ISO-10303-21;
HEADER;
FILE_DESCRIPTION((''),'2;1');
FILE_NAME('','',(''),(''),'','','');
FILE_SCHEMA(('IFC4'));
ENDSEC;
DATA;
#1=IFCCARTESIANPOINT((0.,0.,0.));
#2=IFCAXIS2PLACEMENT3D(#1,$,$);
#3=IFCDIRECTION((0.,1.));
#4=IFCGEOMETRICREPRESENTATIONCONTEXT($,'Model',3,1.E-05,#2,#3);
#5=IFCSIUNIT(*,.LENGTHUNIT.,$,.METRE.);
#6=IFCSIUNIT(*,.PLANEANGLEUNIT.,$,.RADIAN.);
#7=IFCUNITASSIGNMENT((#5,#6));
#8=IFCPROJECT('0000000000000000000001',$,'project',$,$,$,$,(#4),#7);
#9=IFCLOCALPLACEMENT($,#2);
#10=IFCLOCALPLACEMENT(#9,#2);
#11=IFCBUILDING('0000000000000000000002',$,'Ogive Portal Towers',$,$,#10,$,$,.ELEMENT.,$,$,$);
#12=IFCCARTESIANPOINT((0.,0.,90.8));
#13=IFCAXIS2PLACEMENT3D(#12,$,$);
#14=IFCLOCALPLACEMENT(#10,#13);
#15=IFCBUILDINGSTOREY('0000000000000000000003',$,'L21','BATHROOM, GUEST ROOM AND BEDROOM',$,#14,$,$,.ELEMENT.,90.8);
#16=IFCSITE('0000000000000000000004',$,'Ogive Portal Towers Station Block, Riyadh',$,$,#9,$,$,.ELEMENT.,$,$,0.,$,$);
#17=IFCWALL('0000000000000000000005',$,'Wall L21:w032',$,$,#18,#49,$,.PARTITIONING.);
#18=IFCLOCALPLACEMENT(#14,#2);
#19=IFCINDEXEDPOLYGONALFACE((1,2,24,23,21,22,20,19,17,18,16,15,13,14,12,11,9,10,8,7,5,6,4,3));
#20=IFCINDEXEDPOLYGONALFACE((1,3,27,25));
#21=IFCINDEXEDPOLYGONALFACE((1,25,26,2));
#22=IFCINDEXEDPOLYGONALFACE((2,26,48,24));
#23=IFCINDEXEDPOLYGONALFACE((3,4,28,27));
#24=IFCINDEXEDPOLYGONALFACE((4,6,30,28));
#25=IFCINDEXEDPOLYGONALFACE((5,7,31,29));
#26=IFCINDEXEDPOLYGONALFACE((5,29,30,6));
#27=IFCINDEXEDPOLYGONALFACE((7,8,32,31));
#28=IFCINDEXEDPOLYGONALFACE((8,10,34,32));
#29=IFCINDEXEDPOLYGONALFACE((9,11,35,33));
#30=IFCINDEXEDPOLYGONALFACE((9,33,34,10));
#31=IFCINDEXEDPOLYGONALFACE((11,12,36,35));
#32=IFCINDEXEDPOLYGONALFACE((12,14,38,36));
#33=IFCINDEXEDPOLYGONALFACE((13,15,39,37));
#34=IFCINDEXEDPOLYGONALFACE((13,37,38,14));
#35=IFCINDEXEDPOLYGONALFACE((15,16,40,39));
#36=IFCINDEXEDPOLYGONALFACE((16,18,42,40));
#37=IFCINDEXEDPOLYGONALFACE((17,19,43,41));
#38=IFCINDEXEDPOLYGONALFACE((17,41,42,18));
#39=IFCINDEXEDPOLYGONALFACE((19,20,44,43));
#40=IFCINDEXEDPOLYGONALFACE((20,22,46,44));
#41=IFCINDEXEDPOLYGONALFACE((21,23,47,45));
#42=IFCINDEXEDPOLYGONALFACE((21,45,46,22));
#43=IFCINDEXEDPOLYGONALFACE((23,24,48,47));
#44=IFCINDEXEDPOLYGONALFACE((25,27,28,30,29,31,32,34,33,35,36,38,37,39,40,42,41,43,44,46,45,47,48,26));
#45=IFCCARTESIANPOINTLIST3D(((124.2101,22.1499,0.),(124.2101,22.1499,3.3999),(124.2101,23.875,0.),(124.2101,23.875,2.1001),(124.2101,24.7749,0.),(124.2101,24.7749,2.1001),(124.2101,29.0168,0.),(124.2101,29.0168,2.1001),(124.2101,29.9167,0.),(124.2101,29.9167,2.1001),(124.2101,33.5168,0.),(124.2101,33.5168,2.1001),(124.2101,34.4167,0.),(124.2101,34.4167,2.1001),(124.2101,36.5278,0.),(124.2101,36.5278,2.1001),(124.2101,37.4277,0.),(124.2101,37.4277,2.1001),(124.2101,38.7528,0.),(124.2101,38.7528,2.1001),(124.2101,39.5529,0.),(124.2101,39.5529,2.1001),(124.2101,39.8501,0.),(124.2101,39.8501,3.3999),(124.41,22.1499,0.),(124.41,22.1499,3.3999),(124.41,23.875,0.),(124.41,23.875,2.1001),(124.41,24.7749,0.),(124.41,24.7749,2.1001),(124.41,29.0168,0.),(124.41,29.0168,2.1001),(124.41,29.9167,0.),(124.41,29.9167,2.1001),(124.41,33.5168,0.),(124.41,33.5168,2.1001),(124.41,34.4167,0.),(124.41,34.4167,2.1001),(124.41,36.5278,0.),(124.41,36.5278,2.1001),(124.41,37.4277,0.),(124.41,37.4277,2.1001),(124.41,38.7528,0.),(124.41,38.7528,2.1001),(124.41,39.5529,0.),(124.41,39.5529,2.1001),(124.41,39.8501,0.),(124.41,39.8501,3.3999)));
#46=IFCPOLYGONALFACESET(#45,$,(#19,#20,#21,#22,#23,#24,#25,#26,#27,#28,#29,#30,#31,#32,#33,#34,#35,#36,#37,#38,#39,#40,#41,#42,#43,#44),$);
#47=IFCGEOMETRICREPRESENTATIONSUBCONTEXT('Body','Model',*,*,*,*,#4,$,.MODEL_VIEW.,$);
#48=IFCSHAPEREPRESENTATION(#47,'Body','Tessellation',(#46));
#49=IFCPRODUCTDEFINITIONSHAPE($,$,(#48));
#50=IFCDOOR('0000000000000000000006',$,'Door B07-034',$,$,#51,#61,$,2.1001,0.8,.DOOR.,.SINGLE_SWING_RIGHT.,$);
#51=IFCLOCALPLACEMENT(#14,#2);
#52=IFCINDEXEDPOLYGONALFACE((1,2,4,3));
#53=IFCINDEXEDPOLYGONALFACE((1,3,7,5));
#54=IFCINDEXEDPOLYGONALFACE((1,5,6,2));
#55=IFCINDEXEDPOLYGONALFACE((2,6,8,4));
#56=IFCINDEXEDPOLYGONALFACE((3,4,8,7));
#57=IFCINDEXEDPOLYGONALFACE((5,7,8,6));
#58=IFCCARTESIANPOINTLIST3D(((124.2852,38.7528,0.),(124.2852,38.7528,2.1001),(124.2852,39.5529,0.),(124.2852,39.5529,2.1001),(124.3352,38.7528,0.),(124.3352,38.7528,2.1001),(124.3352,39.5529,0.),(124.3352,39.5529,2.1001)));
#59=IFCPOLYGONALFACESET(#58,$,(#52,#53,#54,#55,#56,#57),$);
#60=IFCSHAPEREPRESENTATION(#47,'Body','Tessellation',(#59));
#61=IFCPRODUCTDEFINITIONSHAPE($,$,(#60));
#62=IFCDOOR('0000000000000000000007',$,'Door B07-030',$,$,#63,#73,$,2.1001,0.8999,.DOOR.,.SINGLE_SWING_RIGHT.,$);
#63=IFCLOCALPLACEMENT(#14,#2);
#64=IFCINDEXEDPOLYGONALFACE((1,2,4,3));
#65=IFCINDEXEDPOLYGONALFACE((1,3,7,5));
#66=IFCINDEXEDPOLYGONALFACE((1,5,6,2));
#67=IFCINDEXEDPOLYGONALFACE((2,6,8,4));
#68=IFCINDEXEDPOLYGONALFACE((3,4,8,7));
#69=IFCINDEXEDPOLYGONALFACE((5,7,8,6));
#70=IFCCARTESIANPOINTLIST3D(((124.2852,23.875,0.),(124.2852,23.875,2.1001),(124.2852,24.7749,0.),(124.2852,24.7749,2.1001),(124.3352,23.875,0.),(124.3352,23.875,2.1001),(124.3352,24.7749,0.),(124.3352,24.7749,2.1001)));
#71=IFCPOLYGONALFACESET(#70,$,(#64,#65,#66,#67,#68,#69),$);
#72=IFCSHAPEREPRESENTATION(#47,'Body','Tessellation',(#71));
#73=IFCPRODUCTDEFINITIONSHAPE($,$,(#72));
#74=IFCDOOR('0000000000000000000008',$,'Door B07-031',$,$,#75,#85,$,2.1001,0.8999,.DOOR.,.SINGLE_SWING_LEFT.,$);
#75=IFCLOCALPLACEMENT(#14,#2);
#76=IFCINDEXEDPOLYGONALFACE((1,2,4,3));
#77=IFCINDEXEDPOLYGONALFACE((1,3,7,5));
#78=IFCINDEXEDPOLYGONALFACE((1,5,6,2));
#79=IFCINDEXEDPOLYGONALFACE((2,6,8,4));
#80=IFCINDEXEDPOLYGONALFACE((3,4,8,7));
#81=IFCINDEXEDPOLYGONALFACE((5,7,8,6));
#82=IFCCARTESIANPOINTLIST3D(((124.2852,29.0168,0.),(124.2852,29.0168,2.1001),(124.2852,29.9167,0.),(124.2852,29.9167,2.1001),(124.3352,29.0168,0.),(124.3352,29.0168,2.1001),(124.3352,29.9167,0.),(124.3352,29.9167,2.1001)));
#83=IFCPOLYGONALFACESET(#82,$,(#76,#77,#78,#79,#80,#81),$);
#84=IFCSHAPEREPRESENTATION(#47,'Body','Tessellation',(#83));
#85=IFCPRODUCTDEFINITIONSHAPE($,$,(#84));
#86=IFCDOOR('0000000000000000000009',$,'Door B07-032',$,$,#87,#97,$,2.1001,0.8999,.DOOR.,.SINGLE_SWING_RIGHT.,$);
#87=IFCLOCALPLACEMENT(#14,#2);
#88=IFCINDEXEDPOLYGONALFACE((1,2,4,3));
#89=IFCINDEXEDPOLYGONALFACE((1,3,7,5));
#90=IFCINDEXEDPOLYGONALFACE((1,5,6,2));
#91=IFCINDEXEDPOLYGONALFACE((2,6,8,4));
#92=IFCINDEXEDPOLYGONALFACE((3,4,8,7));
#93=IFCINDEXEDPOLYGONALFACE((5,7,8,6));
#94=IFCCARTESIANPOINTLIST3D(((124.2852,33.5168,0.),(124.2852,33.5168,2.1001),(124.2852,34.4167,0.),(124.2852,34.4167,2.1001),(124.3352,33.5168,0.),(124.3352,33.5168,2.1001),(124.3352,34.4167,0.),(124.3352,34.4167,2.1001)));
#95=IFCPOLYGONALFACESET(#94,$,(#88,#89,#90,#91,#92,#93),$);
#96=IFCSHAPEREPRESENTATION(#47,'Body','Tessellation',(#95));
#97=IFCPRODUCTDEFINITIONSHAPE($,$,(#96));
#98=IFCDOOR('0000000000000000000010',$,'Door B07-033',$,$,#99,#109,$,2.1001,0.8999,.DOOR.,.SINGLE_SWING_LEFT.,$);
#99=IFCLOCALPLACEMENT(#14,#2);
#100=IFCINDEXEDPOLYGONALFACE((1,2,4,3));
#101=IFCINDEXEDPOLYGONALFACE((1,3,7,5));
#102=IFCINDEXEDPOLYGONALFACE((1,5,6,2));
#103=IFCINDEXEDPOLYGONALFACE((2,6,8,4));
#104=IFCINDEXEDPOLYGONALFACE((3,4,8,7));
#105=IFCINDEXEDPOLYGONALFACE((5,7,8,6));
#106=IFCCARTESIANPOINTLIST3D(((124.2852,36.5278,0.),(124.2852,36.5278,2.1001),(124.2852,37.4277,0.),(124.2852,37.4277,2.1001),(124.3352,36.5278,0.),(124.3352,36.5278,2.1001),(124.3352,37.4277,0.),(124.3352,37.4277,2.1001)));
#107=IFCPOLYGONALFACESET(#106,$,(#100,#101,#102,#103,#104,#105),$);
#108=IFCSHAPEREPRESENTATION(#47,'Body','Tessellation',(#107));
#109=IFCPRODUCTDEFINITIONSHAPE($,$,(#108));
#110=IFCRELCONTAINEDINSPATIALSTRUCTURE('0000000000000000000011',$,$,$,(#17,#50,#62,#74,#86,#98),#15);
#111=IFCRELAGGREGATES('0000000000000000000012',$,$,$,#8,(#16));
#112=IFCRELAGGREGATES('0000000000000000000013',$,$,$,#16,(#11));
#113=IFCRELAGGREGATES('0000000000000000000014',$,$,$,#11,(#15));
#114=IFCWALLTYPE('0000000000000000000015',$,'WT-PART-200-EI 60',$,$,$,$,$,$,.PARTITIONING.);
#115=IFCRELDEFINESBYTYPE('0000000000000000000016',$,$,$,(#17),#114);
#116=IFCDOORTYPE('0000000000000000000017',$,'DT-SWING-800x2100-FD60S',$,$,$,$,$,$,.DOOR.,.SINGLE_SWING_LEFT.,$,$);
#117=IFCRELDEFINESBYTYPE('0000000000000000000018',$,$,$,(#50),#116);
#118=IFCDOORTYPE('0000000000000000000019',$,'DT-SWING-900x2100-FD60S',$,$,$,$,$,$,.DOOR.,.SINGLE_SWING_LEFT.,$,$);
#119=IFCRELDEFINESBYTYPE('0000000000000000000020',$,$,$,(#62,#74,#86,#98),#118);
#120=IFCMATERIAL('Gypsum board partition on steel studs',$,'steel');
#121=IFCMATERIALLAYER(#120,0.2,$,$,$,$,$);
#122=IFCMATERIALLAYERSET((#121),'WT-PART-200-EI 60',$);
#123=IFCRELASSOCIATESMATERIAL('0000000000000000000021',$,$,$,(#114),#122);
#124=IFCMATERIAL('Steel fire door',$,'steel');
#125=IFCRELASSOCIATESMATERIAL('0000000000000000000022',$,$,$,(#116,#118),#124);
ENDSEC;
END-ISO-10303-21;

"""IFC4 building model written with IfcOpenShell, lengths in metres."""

from ifc_helpers import new_model, si_unit, direction, frame, frame_2d, origin, place, context, subcontext, project, spatial, rectangle, extrude, material, layer, layer_set, type_object, element, fill, save


model = new_model("IFC4")

# Units and contexts
model_context = context("Model", 3, precision=1e-05, world=origin(), true_north=direction((0.0, 1.0)))
body_context = subcontext(model_context, "Body", "Model", "MODEL_VIEW")
ifc_project = project(units=[si_unit("LENGTHUNIT", "METRE"), si_unit("PLANEANGLEUNIT", "RADIAN")], contexts=[model_context])

# Site, building, storey
site_placement = place(None, origin())
site = spatial("IfcSite", under=ifc_project, at=site_placement, Name="Ogive Portal Towers Station Block, Riyadh", CompositionType="ELEMENT", RefElevation=0.0)
building_placement = place(site_placement, origin())
building = spatial("IfcBuilding", under=site, at=building_placement, Name="Ogive Portal Towers", CompositionType="ELEMENT")
storey_placement = place(building_placement, frame((0.0, 0.0, 90.8)))
storey = spatial("IfcBuildingStorey", under=building, at=storey_placement, Name="L21", Description="BATHROOM, GUEST ROOM AND BEDROOM", CompositionType="ELEMENT", Elevation=90.8)

# Shared definitions
ifc_material_1 = material(Name="Steel fire door", Category="steel")

# Wall, openings, doors
ifc_material_2 = material(Name="Gypsum board partition on steel studs", Category="steel")
ifc_layer_1 = layer(ifc_material_2, 0.2)
ifc_layer_set_1 = layer_set([ifc_layer_1], Name="WT-PART-200-EI 60")
wall_type_1 = type_object("IfcWallType", Name="WT-PART-200-EI 60", PredefinedType="PARTITIONING", material=ifc_layer_set_1)
wall_1_placement = place(storey_placement, frame((124.3101, 22.1499, 0.0), z_axis=(0.0, 0.0, 1.0), x_axis=(0.0, 1.0, 0.0)))
wall_1 = element("IfcWall", 1, at=wall_1_placement, inside=storey, type_object=wall_type_1, Name="Wall L21:w032", PredefinedType="PARTITIONING", context=body_context, shape_type="SweptSolid", body=[
    extrude(rectangle(XDim=17.7002, YDim=0.2, at=frame_2d((8.8501, 0.0))), origin(), (0.0, 0.0, 1.0), 3.3999),
])
opening_1_placement = place(wall_1_placement, frame((1.7251, 0.0, 0.0)))
opening_1 = element("IfcOpeningElement", 2, at=opening_1_placement, cuts=wall_1, PredefinedType="OPENING", context=body_context, shape_type="SweptSolid", body=[
    extrude(rectangle(XDim=0.8999, YDim=2.1001, at=frame_2d((0.45, 1.05))), frame((0.0, 0.1099, 0.0), z_axis=(0.0, -1.0, 0.0), x_axis=(1.0, 0.0, 0.0)), (0.0, 0.0, 1.0), 0.22),
])
opening_2_placement = place(wall_1_placement, frame((6.8669, 0.0, 0.0)))
opening_2 = element("IfcOpeningElement", 3, at=opening_2_placement, cuts=wall_1, PredefinedType="OPENING", context=body_context, shape_type="SweptSolid", body=[
    extrude(rectangle(XDim=0.8999, YDim=2.1001, at=frame_2d((0.45, 1.05))), frame((0.0, 0.1099, 0.0), z_axis=(0.0, -1.0, 0.0), x_axis=(1.0, 0.0, 0.0)), (0.0, 0.0, 1.0), 0.22),
])
opening_3_placement = place(wall_1_placement, frame((11.3669, 0.0, 0.0)))
opening_3 = element("IfcOpeningElement", 4, at=opening_3_placement, cuts=wall_1, PredefinedType="OPENING", context=body_context, shape_type="SweptSolid", body=[
    extrude(rectangle(XDim=0.8999, YDim=2.1001, at=frame_2d((0.45, 1.05))), frame((0.0, 0.1099, 0.0), z_axis=(0.0, -1.0, 0.0), x_axis=(1.0, 0.0, 0.0)), (0.0, 0.0, 1.0), 0.22),
])
opening_4_placement = place(wall_1_placement, frame((14.3779, 0.0, 0.0)))
opening_4 = element("IfcOpeningElement", 5, at=opening_4_placement, cuts=wall_1, PredefinedType="OPENING", context=body_context, shape_type="SweptSolid", body=[
    extrude(rectangle(XDim=0.8999, YDim=2.1001, at=frame_2d((0.45, 1.05))), frame((0.0, 0.1099, 0.0), z_axis=(0.0, -1.0, 0.0), x_axis=(1.0, 0.0, 0.0)), (0.0, 0.0, 1.0), 0.22),
])
opening_5_placement = place(wall_1_placement, frame((16.603, 0.0, 0.0)))
opening_5 = element("IfcOpeningElement", 6, at=opening_5_placement, cuts=wall_1, PredefinedType="OPENING", context=body_context, shape_type="SweptSolid", body=[
    extrude(rectangle(XDim=0.8, YDim=2.1001, at=frame_2d((0.3999, 1.05))), frame((0.0, 0.1099, 0.0), z_axis=(0.0, -1.0, 0.0), x_axis=(1.0, 0.0, 0.0)), (0.0, 0.0, 1.0), 0.22),
])
door_type_1 = type_object("IfcDoorType", Name="DT-SWING-800x2100-FD60S", OperationType="SINGLE_SWING_LEFT", PredefinedType="DOOR", material=ifc_material_1)
door_1_placement = place(opening_5_placement, origin())
door_1 = element("IfcDoor", 7, at=door_1_placement, inside=storey, type_object=door_type_1, Name="Door B07-034", OperationType="SINGLE_SWING_RIGHT", OverallHeight=2.1001, OverallWidth=0.8, PredefinedType="DOOR", context=body_context, shape_type="SweptSolid", body=[
    extrude(rectangle(XDim=0.8, YDim=2.1001, at=frame_2d((0.3999, 1.05))), frame((0.0, 0.0249, 0.0), z_axis=(0.0, -1.0, 0.0), x_axis=(1.0, 0.0, 0.0)), (0.0, 0.0, 1.0), 0.05),
])
fill(opening_5, door_1)
door_type_2 = type_object("IfcDoorType", Name="DT-SWING-900x2100-FD60S", OperationType="SINGLE_SWING_LEFT", PredefinedType="DOOR", material=ifc_material_1)
door_2_placement = place(opening_1_placement, origin())
door_2 = element("IfcDoor", 8, at=door_2_placement, inside=storey, type_object=door_type_2, Name="Door B07-030", OperationType="SINGLE_SWING_RIGHT", OverallHeight=2.1001, OverallWidth=0.8999, PredefinedType="DOOR", context=body_context, shape_type="SweptSolid", body=[
    extrude(rectangle(XDim=0.8999, YDim=2.1001, at=frame_2d((0.45, 1.05))), frame((0.0, 0.0249, 0.0), z_axis=(0.0, -1.0, 0.0), x_axis=(1.0, 0.0, 0.0)), (0.0, 0.0, 1.0), 0.05),
])
fill(opening_1, door_2)
door_3_placement = place(opening_2_placement, origin())
door_3 = element("IfcDoor", 9, at=door_3_placement, inside=storey, type_object=door_type_2, Name="Door B07-031", OperationType="SINGLE_SWING_LEFT", OverallHeight=2.1001, OverallWidth=0.8999, PredefinedType="DOOR", context=body_context, shape_type="SweptSolid", body=[
    extrude(rectangle(XDim=0.8999, YDim=2.1001, at=frame_2d((0.45, 1.05))), frame((0.0, 0.0249, 0.0), z_axis=(0.0, -1.0, 0.0), x_axis=(1.0, 0.0, 0.0)), (0.0, 0.0, 1.0), 0.05),
])
fill(opening_2, door_3)
door_4_placement = place(opening_3_placement, origin())
door_4 = element("IfcDoor", 10, at=door_4_placement, inside=storey, type_object=door_type_2, Name="Door B07-032", OperationType="SINGLE_SWING_RIGHT", OverallHeight=2.1001, OverallWidth=0.8999, PredefinedType="DOOR", context=body_context, shape_type="SweptSolid", body=[
    extrude(rectangle(XDim=0.8999, YDim=2.1001, at=frame_2d((0.45, 1.05))), frame((0.0, 0.0249, 0.0), z_axis=(0.0, -1.0, 0.0), x_axis=(1.0, 0.0, 0.0)), (0.0, 0.0, 1.0), 0.05),
])
fill(opening_3, door_4)
door_5_placement = place(opening_4_placement, origin())
door_5 = element("IfcDoor", 11, at=door_5_placement, inside=storey, type_object=door_type_2, Name="Door B07-033", OperationType="SINGLE_SWING_LEFT", OverallHeight=2.1001, OverallWidth=0.8999, PredefinedType="DOOR", context=body_context, shape_type="SweptSolid", body=[
    extrude(rectangle(XDim=0.8999, YDim=2.1001, at=frame_2d((0.45, 1.05))), frame((0.0, 0.0249, 0.0), z_axis=(0.0, -1.0, 0.0), x_axis=(1.0, 0.0, 0.0)), (0.0, 0.0, 1.0), 0.05),
])
fill(opening_4, door_5)

save(model, "model.ifc")
